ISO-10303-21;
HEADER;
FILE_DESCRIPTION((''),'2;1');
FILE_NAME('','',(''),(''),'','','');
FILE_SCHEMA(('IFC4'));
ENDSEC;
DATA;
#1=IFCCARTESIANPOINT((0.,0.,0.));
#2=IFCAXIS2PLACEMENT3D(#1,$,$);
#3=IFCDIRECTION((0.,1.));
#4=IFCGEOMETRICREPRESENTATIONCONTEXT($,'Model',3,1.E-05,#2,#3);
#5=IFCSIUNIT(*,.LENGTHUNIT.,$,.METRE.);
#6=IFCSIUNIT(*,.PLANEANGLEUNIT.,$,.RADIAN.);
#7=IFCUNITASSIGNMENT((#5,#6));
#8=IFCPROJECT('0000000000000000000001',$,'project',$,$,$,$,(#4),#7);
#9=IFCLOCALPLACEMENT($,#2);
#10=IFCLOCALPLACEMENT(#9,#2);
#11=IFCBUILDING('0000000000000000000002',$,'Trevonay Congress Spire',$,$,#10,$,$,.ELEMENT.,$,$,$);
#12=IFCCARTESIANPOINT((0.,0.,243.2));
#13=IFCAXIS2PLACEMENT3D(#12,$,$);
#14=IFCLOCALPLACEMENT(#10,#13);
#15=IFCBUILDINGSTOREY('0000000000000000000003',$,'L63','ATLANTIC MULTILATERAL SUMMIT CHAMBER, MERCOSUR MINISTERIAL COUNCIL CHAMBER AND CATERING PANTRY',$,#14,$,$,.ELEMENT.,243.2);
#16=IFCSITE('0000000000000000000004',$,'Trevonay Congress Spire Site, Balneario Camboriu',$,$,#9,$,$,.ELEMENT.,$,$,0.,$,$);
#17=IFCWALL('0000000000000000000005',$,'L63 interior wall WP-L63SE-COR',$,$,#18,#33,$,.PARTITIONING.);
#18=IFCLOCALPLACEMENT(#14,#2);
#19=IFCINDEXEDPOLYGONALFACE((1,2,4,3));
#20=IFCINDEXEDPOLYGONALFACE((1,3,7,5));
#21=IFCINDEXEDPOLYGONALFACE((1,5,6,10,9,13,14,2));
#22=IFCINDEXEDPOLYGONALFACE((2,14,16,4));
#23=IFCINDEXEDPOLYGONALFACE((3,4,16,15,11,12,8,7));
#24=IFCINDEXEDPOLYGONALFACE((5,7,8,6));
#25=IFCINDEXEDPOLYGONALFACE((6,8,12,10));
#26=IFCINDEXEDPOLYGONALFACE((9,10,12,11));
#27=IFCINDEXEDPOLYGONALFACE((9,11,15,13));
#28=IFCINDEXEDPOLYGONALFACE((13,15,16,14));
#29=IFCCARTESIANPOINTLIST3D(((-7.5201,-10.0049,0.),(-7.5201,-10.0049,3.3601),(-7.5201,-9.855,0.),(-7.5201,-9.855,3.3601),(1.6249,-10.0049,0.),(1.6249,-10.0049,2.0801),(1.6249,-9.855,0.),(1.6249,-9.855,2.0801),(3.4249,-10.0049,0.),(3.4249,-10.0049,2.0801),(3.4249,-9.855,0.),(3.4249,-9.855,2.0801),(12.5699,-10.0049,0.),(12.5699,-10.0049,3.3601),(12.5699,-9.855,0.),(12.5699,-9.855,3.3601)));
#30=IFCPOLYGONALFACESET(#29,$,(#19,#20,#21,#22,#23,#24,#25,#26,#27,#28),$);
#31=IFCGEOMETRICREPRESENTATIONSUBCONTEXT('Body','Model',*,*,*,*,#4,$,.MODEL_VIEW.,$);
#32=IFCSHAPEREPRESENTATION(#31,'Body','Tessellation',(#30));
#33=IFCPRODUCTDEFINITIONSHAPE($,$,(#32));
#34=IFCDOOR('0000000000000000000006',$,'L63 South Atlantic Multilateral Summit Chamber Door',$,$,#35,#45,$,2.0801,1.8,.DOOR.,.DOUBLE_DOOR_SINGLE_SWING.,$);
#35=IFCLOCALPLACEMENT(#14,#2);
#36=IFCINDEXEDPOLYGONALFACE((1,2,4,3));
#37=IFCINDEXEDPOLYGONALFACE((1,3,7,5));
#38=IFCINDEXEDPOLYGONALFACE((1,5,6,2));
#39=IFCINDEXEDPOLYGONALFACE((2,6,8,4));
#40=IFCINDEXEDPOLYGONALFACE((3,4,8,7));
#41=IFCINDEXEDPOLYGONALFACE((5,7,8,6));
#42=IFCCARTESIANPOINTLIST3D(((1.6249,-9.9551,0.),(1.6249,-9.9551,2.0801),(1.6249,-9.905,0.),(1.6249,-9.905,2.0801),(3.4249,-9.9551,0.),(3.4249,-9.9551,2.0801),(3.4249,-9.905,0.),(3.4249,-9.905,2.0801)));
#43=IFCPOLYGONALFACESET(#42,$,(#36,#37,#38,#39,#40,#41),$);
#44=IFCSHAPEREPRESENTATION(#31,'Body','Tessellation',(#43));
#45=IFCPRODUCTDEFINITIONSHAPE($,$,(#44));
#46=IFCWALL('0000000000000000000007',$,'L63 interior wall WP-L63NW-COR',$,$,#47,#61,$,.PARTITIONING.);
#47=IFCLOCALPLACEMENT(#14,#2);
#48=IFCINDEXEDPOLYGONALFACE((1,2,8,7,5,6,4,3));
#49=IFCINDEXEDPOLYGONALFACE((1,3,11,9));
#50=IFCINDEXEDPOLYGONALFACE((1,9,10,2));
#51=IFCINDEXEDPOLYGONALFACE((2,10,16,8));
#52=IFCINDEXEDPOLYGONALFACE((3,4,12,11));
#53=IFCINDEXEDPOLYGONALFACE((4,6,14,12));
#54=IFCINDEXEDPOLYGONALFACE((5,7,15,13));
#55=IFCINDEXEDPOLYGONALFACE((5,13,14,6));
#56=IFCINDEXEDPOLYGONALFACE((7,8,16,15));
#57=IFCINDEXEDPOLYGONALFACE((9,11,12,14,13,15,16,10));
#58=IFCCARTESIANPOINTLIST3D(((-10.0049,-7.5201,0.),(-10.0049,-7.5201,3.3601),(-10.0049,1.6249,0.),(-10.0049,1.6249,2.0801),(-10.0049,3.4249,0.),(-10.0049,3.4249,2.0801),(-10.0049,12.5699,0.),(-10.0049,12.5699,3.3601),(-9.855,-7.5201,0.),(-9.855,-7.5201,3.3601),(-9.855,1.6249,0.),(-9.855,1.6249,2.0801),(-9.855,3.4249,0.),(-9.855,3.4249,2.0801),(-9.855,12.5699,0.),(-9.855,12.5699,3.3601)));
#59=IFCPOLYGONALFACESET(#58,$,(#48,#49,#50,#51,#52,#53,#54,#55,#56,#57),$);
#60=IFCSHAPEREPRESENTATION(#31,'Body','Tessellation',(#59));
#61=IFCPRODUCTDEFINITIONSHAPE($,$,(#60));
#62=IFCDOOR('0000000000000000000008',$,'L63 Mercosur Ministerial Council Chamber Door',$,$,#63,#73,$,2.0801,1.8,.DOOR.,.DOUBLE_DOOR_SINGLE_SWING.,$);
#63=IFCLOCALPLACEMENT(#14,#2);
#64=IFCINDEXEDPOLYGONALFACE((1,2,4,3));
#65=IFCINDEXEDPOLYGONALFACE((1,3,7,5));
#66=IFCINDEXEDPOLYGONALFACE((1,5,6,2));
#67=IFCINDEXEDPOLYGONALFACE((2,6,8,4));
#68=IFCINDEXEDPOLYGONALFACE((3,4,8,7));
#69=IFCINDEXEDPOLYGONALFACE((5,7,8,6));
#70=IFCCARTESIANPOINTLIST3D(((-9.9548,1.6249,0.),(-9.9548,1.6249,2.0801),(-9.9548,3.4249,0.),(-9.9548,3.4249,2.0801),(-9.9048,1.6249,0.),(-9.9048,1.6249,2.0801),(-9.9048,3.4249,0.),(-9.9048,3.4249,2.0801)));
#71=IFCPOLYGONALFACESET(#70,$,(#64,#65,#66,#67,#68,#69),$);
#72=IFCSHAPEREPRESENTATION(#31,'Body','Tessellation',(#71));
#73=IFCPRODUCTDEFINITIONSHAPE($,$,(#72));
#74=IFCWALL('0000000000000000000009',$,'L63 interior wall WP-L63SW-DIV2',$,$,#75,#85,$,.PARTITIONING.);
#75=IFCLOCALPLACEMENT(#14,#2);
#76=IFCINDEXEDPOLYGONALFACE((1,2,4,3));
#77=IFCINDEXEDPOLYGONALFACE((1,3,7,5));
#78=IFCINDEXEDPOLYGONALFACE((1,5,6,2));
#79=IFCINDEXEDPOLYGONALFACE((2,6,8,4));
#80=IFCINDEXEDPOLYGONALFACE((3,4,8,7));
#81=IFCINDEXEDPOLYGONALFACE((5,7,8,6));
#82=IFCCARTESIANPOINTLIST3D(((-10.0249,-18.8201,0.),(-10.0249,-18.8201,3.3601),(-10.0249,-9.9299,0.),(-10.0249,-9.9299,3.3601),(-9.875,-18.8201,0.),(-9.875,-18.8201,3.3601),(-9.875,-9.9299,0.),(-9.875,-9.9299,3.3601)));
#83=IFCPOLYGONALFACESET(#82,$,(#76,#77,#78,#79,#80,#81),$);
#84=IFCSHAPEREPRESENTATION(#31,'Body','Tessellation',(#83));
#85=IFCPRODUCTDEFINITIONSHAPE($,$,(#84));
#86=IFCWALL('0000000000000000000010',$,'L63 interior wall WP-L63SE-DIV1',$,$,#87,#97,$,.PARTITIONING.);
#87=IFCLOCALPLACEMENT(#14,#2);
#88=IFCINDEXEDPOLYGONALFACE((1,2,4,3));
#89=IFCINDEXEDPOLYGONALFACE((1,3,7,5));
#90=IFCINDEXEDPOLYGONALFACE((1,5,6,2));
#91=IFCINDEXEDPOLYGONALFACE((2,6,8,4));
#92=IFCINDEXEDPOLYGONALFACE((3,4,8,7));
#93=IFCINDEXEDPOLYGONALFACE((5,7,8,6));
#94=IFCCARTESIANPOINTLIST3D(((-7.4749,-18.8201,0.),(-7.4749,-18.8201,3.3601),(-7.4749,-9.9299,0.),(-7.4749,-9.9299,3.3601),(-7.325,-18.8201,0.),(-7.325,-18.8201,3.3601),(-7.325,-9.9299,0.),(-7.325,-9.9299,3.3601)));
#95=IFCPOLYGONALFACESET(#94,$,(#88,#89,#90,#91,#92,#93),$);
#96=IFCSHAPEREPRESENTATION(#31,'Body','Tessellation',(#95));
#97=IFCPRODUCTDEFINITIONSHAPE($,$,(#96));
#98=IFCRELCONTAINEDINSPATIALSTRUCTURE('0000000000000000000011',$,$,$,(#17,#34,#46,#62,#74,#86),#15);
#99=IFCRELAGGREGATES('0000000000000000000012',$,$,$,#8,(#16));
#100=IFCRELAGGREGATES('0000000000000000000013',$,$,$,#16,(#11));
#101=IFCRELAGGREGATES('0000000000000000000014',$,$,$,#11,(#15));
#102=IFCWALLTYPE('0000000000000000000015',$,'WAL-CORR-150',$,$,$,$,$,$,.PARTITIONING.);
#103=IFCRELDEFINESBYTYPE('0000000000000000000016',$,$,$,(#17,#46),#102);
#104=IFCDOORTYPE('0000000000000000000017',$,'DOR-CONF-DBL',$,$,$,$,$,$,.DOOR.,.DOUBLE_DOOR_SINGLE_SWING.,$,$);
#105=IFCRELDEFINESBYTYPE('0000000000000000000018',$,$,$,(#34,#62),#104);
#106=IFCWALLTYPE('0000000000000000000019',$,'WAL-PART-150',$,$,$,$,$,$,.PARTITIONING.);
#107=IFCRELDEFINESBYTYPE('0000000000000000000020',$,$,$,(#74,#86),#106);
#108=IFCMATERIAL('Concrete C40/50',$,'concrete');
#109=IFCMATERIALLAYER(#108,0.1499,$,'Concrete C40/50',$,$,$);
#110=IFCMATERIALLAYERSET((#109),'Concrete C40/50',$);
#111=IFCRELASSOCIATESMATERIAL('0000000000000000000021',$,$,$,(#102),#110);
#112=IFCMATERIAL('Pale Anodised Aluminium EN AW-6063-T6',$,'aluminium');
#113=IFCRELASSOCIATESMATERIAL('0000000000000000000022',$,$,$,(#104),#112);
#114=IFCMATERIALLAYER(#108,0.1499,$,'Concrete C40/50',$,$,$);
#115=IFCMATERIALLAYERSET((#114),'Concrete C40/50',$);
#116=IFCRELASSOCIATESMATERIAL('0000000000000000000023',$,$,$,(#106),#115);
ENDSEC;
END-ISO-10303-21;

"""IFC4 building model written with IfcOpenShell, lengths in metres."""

from ifc_helpers import new_model, si_unit, direction, frame, frame_2d, origin, place, context, subcontext, project, spatial, rectangle, extrude, material, layer, layer_set, type_object, element, fill, save


model = new_model("IFC4")

# Units and contexts
model_context = context("Model", 3, precision=1e-05, world=origin(), true_north=direction((0.0, 1.0)))
body_context = subcontext(model_context, "Body", "Model", "MODEL_VIEW")
ifc_project = project(units=[si_unit("LENGTHUNIT", "METRE"), si_unit("PLANEANGLEUNIT", "RADIAN")], contexts=[model_context])

# Site, building, storey
site_placement = place(None, origin())
site = spatial("IfcSite", under=ifc_project, at=site_placement, Name="Trevonay Congress Spire Site, Balneario Camboriu", CompositionType="ELEMENT", RefElevation=0.0)
building_placement = place(site_placement, origin())
building = spatial("IfcBuilding", under=site, at=building_placement, Name="Trevonay Congress Spire", CompositionType="ELEMENT")
storey_placement = place(building_placement, frame((0.0, 0.0, 243.2)))
storey = spatial("IfcBuildingStorey", under=building, at=storey_placement, Name="L63", Description="ATLANTIC MULTILATERAL SUMMIT CHAMBER, MERCOSUR MINISTERIAL COUNCIL CHAMBER AND CATERING PANTRY", CompositionType="ELEMENT", Elevation=243.2)

# Shared definitions
ifc_material_1 = material(Name="Pale Anodised Aluminium EN AW-6063-T6", Category="aluminium")

# Walls, openings, doors
ifc_material_2 = material(Name="Concrete C40/50", Category="concrete")
ifc_layer_1 = layer(ifc_material_2, 0.1499, Name="Concrete C40/50")
ifc_layer_set_1 = layer_set([ifc_layer_1], Name="Concrete C40/50")
wall_type_1 = type_object("IfcWallType", Name="WAL-CORR-150", PredefinedType="PARTITIONING", material=ifc_layer_set_1)
wall_1_placement = place(storey_placement, frame((-7.52, -9.9299, 0.0), z_axis=(0.0, 0.0, 1.0), x_axis=(1.0, 0.0, 0.0)))
wall_1 = element("IfcWall", 1, at=wall_1_placement, inside=storey, type_object=wall_type_1, Name="L63 interior wall WP-L63SE-COR", PredefinedType="PARTITIONING", context=body_context, shape_type="SweptSolid", body=[
    extrude(rectangle(XDim=20.0901, YDim=0.1499, at=frame_2d((10.0449, 0.0))), origin(), (0.0, 0.0, 1.0), 3.3601),
])
opening_1_placement = place(wall_1_placement, frame((9.145, 0.0, 0.0)))
opening_1 = element("IfcOpeningElement", 2, at=opening_1_placement, cuts=wall_1, PredefinedType="OPENING", context=body_context, shape_type="SweptSolid", body=[
    extrude(rectangle(XDim=1.8, YDim=2.0801, at=frame_2d((0.8999, 1.04))), frame((0.0, 0.085, 0.0), z_axis=(0.0, -1.0, 0.0), x_axis=(1.0, 0.0, 0.0)), (0.0, 0.0, 1.0), 0.1699),
])
door_type = type_object("IfcDoorType", Name="DOR-CONF-DBL", OperationType="DOUBLE_DOOR_SINGLE_SWING", PredefinedType="DOOR", material=ifc_material_1)
door_1_placement = place(opening_1_placement, origin())
door_1 = element("IfcDoor", 3, at=door_1_placement, inside=storey, type_object=door_type, Name="L63 South Atlantic Multilateral Summit Chamber Door", OperationType="DOUBLE_DOOR_SINGLE_SWING", OverallHeight=2.0801, OverallWidth=1.8, PredefinedType="DOOR", context=body_context, shape_type="SweptSolid", body=[
    extrude(rectangle(XDim=1.8, YDim=2.0801, at=frame_2d((0.8999, 1.04))), frame((0.0, 0.0249, 0.0), z_axis=(0.0, -1.0, 0.0), x_axis=(1.0, 0.0, 0.0)), (0.0, 0.0, 1.0), 0.05),
])
fill(opening_1, door_1)
wall_2_placement = place(storey_placement, frame((-9.9299, -7.52, 0.0), z_axis=(0.0, 0.0, 1.0), x_axis=(0.0, 1.0, 0.0)))
wall_2 = element("IfcWall", 4, at=wall_2_placement, inside=storey, type_object=wall_type_1, Name="L63 interior wall WP-L63NW-COR", PredefinedType="PARTITIONING", context=body_context, shape_type="SweptSolid", body=[
    extrude(rectangle(XDim=20.0901, YDim=0.1499, at=frame_2d((10.0449, 0.0))), origin(), (0.0, 0.0, 1.0), 3.3601),
])
opening_2_placement = place(wall_2_placement, frame((9.145, 0.0, 0.0)))
opening_2 = element("IfcOpeningElement", 5, at=opening_2_placement, cuts=wall_2, PredefinedType="OPENING", context=body_context, shape_type="SweptSolid", body=[
    extrude(rectangle(XDim=1.8, YDim=2.0801, at=frame_2d((0.8999, 1.04))), frame((0.0, 0.085, 0.0), z_axis=(0.0, -1.0, 0.0), x_axis=(1.0, 0.0, 0.0)), (0.0, 0.0, 1.0), 0.1699),
])
door_2_placement = place(opening_2_placement, origin())
door_2 = element("IfcDoor", 6, at=door_2_placement, inside=storey, type_object=door_type, Name="L63 Mercosur Ministerial Council Chamber Door", OperationType="DOUBLE_DOOR_SINGLE_SWING", OverallHeight=2.0801, OverallWidth=1.8, PredefinedType="DOOR", context=body_context, shape_type="SweptSolid", body=[
    extrude(rectangle(XDim=1.8, YDim=2.0801, at=frame_2d((0.8999, 1.04))), frame((0.0, 0.0249, 0.0), z_axis=(0.0, -1.0, 0.0), x_axis=(1.0, 0.0, 0.0)), (0.0, 0.0, 1.0), 0.05),
])
fill(opening_2, door_2)

# Walls
ifc_layer_2 = layer(ifc_material_2, 0.1499, Name="Concrete C40/50")
ifc_layer_set_2 = layer_set([ifc_layer_2], Name="Concrete C40/50")
wall_type_2 = type_object("IfcWallType", Name="WAL-PART-150", PredefinedType="PARTITIONING", material=ifc_layer_set_2)
for number, where, z_axis, x_axis, name in (
    (7, (-9.95, -18.8201, 0.0), (0.0, 0.0, 1.0), (0.0, 1.0, 0.0), "L63 interior wall WP-L63SW-DIV2"),
    (8, (-7.3999, -18.8201, 0.0), (0.0, 0.0, 1.0), (0.0, 1.0, 0.0), "L63 interior wall WP-L63SE-DIV1"),
):
    element("IfcWall", number, at=place(storey_placement, frame(where, z_axis=z_axis, x_axis=x_axis)), inside=storey, type_object=wall_type_2, Name=name, PredefinedType="PARTITIONING", context=body_context, shape_type="SweptSolid", body=[
        extrude(rectangle(XDim=8.8901, YDim=0.1499, at=frame_2d((4.4451, 0.0))), origin(), (0.0, 0.0, 1.0), 3.3601),
    ])

save(model, "model.ifc")
